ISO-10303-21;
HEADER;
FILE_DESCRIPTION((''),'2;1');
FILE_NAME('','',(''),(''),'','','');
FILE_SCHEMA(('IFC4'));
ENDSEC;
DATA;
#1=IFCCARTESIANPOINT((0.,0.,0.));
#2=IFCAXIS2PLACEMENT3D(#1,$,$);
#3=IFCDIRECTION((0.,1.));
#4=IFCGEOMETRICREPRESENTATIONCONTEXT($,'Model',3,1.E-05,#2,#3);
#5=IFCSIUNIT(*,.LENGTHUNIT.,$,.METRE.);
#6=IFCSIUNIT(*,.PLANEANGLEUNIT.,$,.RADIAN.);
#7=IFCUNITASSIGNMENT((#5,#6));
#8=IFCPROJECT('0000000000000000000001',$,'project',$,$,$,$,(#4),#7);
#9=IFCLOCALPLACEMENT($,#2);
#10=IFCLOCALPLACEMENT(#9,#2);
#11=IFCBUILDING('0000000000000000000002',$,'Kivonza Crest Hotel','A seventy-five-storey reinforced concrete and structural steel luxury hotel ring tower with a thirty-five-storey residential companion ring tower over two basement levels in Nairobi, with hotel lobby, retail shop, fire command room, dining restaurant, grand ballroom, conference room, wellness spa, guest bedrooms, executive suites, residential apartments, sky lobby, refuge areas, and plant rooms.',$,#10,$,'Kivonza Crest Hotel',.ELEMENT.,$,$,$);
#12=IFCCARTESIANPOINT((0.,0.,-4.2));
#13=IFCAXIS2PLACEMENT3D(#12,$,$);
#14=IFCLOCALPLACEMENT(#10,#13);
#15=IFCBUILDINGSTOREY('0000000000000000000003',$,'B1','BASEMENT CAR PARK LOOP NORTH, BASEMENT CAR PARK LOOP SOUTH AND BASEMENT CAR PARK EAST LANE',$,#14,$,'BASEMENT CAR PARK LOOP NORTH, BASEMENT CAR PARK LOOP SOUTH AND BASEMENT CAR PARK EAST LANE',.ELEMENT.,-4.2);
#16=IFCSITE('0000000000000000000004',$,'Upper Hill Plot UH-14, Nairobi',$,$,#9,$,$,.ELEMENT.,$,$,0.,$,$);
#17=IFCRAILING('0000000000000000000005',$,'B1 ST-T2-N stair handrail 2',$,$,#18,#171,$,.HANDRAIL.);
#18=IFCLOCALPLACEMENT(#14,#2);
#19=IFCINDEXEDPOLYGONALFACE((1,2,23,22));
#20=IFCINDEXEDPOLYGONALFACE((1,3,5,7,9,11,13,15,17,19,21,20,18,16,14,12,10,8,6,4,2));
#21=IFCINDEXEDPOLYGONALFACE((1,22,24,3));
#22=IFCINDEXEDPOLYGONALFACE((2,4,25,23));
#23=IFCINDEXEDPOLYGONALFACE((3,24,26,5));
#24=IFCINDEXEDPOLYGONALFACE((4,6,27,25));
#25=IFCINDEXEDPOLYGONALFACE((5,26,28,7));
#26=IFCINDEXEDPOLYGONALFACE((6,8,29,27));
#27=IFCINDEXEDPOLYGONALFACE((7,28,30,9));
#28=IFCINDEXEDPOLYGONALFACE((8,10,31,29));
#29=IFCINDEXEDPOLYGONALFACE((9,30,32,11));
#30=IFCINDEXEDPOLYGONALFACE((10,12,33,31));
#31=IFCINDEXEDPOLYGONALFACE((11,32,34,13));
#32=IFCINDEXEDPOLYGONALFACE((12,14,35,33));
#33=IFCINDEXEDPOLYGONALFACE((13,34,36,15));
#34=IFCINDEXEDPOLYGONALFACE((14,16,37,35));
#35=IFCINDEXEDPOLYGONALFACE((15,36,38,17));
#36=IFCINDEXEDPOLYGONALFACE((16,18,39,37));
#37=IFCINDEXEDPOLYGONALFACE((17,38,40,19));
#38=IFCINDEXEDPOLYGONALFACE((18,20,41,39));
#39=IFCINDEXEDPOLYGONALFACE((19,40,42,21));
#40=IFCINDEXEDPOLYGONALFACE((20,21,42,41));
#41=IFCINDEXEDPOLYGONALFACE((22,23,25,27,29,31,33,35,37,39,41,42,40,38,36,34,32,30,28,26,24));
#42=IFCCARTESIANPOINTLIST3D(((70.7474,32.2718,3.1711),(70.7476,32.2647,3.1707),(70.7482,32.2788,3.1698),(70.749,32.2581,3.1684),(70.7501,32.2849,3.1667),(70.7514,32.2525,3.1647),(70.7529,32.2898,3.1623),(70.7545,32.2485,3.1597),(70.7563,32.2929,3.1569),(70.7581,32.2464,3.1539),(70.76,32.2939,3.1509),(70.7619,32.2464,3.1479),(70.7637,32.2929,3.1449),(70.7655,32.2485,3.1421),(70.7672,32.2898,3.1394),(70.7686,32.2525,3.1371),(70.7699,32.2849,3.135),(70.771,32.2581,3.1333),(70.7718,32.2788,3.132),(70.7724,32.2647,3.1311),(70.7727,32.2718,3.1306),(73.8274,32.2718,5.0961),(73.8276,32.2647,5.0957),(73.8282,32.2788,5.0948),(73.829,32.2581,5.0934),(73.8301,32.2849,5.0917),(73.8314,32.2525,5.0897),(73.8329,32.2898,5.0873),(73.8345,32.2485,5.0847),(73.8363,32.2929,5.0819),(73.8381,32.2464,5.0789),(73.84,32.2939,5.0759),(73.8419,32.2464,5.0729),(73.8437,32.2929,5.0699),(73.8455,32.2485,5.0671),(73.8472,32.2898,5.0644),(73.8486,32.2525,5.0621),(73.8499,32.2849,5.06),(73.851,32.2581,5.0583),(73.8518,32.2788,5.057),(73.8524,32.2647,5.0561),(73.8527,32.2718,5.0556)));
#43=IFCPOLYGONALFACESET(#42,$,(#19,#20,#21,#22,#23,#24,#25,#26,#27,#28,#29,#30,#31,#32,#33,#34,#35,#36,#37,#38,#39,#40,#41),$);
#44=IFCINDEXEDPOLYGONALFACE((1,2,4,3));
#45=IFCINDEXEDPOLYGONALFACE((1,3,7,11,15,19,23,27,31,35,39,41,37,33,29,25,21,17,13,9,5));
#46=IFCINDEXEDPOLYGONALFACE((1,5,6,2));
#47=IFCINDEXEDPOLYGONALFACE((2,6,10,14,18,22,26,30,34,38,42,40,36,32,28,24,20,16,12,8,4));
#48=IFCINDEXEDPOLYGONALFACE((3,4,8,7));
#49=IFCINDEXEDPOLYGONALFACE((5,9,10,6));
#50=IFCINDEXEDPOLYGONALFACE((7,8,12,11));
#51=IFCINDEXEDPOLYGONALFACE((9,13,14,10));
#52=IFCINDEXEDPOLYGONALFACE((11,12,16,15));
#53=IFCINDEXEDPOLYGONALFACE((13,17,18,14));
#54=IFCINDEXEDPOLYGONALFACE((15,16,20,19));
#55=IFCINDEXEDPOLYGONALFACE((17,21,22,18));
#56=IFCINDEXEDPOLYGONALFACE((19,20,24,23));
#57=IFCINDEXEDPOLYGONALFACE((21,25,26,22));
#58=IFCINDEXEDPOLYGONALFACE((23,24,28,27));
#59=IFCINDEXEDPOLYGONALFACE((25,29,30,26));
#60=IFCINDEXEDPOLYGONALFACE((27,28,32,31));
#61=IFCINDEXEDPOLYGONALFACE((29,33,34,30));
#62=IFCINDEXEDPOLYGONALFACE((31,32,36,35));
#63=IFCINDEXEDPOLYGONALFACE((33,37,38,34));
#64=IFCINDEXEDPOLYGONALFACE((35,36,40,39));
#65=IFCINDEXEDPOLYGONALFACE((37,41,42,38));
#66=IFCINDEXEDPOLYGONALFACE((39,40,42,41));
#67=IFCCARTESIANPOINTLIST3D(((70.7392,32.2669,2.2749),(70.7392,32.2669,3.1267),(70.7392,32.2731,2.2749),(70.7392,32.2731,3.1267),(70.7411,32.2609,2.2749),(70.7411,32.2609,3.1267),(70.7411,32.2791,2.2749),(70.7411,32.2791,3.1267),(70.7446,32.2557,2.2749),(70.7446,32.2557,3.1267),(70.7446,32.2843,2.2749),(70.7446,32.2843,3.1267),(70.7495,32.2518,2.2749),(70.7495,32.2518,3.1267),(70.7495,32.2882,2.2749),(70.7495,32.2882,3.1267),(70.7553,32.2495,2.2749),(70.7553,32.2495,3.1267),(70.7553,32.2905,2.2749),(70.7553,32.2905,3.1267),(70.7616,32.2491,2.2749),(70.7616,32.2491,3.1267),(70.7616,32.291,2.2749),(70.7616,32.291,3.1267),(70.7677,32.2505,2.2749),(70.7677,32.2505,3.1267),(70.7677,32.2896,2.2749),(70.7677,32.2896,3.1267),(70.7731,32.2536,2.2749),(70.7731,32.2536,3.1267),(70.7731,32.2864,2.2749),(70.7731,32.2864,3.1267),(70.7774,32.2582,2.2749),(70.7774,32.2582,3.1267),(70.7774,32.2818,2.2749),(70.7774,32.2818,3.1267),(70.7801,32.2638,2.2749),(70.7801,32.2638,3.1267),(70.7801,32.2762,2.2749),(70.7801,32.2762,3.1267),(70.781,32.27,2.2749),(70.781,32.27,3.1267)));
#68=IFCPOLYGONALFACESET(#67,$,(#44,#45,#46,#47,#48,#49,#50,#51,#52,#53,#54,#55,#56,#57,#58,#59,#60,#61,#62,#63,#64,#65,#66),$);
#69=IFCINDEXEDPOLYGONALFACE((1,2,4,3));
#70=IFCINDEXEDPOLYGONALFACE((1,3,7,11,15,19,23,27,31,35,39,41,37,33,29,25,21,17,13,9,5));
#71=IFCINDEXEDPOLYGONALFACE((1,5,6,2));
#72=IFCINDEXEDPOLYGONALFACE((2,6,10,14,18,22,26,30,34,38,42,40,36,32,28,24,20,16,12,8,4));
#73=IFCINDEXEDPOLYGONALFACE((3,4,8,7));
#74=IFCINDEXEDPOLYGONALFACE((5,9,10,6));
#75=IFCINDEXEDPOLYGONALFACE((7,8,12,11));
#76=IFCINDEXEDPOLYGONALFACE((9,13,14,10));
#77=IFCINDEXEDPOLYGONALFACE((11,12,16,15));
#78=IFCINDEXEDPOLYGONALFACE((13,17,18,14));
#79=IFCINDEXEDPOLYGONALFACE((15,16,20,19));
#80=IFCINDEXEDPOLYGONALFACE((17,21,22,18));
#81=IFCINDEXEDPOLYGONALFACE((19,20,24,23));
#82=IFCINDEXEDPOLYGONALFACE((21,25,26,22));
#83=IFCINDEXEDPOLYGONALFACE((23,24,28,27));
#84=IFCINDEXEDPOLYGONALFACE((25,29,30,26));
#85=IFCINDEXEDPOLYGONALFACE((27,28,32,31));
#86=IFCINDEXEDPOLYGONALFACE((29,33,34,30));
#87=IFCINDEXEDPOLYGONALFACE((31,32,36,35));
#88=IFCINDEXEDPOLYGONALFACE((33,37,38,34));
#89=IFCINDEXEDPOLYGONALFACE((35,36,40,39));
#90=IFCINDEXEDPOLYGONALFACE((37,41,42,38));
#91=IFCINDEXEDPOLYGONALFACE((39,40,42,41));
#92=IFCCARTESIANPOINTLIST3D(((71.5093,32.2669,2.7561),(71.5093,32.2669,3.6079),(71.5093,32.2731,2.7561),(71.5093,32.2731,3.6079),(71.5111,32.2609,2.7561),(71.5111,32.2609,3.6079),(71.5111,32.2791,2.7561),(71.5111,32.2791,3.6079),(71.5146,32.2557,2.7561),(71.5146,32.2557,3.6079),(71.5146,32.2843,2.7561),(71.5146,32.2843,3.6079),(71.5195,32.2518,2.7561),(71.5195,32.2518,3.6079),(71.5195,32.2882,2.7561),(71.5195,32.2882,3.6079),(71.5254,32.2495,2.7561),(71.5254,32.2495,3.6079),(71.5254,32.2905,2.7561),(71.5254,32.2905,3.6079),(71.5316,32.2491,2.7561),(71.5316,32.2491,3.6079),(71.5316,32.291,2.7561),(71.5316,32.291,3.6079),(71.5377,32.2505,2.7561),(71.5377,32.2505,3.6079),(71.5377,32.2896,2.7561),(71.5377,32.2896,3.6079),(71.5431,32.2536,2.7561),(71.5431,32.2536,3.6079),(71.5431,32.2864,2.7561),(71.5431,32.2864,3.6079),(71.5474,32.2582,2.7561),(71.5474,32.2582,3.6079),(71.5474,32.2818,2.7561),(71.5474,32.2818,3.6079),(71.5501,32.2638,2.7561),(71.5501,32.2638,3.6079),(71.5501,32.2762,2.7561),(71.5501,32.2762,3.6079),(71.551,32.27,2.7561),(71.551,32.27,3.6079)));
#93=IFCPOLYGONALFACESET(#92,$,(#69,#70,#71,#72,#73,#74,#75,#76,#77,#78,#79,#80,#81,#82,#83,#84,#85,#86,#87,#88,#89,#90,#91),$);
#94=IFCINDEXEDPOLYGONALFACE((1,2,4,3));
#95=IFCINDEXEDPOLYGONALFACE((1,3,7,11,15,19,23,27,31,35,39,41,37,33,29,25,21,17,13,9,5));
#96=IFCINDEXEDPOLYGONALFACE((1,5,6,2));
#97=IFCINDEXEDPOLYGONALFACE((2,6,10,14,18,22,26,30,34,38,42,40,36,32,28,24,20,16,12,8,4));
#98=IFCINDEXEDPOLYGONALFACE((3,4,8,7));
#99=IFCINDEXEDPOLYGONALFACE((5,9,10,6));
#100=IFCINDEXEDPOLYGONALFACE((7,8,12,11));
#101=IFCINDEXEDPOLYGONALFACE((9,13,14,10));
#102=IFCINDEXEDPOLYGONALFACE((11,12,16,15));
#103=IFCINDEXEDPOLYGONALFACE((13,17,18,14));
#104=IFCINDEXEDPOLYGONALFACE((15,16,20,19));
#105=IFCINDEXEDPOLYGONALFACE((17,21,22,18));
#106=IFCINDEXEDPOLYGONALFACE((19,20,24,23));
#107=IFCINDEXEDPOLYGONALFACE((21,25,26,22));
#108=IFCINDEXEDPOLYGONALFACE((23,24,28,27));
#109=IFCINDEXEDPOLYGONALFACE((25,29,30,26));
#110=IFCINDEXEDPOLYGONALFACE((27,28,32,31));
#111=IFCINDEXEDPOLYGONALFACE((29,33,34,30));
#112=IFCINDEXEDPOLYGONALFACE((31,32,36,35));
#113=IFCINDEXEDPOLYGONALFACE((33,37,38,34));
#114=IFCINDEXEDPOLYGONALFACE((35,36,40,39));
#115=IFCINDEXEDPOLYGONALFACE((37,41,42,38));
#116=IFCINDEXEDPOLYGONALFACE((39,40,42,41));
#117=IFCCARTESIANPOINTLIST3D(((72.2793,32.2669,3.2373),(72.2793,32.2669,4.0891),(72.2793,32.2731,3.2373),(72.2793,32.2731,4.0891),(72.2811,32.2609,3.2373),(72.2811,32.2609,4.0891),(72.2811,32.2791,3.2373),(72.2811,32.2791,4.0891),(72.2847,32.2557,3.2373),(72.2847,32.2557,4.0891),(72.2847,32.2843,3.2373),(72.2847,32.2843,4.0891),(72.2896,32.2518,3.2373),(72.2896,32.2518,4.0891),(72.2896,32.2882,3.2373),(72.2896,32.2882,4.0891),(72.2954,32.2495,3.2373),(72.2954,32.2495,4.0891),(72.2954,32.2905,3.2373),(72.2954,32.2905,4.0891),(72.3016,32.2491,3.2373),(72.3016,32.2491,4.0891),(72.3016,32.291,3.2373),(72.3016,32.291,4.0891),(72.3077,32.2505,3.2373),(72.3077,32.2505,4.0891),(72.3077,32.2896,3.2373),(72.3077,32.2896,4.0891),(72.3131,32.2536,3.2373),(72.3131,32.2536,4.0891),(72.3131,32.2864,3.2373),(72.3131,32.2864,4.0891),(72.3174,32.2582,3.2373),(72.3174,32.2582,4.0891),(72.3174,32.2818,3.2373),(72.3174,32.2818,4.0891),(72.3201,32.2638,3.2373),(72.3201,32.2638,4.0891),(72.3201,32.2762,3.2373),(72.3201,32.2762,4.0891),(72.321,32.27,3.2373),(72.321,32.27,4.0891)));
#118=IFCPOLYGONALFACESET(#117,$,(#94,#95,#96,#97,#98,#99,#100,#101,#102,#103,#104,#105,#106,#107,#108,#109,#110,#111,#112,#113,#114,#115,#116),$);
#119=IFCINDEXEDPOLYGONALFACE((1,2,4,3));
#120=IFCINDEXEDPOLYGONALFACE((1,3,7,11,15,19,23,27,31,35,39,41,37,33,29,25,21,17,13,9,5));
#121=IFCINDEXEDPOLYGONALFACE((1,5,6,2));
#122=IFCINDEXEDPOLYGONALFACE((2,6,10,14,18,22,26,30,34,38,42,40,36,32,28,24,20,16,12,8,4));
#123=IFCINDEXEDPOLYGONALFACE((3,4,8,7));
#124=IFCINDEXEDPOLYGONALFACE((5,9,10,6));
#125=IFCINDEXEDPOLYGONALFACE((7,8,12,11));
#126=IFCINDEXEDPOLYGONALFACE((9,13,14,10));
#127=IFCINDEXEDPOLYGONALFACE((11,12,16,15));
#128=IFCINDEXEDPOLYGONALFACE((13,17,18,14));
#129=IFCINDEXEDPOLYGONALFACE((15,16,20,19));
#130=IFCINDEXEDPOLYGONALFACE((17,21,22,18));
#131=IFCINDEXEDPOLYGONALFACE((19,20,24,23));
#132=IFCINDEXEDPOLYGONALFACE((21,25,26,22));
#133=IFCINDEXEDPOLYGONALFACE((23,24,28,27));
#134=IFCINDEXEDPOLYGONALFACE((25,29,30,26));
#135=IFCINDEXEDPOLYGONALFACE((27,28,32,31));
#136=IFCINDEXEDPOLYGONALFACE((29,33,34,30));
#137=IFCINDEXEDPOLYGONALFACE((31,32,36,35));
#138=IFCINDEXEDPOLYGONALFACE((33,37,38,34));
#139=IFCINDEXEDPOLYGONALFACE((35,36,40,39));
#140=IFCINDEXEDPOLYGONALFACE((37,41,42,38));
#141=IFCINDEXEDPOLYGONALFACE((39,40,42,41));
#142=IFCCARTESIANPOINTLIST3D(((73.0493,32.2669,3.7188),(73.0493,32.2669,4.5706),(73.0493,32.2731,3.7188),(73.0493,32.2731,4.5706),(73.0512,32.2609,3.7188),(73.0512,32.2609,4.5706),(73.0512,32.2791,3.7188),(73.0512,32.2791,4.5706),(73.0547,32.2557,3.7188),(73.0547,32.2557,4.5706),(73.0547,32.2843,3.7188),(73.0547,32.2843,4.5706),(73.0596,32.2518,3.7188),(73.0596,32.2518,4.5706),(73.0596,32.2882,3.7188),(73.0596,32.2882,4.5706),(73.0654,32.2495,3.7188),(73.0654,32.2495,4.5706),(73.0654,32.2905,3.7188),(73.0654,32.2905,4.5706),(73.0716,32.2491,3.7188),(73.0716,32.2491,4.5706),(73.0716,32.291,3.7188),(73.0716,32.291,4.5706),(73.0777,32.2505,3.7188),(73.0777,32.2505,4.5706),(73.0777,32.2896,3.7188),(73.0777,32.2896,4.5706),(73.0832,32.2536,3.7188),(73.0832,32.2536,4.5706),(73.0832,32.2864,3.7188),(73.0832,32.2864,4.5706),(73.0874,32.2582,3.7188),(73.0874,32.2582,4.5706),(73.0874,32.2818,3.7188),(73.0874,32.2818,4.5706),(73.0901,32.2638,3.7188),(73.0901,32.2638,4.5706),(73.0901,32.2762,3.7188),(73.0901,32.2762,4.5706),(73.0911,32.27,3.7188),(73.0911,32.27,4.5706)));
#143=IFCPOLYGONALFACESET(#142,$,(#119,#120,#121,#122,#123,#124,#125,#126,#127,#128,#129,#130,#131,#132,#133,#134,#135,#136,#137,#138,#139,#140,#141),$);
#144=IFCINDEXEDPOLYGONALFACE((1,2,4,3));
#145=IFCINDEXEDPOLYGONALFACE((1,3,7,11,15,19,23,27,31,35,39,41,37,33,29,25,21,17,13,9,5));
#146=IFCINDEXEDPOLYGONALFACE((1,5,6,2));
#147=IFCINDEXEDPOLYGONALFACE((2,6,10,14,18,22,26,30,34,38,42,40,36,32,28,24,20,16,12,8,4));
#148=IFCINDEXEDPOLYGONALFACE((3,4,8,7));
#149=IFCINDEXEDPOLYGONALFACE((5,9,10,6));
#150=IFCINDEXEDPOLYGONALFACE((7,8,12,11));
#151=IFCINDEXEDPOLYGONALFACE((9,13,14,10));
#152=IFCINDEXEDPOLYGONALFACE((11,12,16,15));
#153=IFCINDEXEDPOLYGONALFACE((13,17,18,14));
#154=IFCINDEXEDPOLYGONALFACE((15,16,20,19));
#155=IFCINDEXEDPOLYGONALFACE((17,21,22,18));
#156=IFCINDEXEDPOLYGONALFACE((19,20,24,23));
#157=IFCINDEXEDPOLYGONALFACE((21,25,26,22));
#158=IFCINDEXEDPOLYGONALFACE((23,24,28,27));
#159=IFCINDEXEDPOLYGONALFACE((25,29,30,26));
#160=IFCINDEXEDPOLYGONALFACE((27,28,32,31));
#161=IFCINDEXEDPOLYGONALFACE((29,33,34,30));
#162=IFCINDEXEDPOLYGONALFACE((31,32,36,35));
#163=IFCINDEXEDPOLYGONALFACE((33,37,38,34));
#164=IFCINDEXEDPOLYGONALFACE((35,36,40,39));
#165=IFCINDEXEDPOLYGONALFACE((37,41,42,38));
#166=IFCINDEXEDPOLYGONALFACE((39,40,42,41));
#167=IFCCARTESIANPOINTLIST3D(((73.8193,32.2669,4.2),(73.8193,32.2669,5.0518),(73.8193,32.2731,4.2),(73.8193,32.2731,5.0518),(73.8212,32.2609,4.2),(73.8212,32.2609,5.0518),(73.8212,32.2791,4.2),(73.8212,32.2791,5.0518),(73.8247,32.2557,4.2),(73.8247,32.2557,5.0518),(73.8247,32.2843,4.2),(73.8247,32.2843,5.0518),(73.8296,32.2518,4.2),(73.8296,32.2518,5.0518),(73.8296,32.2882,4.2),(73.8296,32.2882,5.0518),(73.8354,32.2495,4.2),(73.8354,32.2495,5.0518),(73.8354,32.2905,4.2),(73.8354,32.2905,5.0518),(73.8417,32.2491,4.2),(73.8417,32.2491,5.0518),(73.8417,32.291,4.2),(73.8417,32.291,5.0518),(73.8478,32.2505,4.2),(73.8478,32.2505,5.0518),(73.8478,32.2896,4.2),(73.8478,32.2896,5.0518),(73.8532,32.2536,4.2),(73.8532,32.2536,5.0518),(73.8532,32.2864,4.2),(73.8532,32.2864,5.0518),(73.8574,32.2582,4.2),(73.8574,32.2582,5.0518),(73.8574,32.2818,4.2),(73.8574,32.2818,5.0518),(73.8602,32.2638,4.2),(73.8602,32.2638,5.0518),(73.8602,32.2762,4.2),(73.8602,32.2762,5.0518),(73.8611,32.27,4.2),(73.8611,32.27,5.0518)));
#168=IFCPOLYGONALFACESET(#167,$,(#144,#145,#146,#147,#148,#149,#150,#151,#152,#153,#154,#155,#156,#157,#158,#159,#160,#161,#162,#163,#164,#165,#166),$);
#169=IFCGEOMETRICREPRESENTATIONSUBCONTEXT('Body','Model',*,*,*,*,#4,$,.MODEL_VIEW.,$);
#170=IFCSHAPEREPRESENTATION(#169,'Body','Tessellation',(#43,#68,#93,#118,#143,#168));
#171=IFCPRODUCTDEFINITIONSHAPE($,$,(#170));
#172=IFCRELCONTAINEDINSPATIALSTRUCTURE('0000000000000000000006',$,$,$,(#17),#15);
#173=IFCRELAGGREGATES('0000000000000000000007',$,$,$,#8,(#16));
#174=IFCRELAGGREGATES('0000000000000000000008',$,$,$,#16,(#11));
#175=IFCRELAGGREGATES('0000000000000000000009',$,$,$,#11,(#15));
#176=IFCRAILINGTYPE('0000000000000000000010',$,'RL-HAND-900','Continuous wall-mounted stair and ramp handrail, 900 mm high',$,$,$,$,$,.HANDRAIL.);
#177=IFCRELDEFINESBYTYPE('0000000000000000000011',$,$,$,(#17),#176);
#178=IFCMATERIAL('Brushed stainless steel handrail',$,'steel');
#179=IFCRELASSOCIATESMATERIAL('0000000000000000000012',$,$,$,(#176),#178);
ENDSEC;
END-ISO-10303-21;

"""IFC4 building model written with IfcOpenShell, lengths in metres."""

from ifc_helpers import new_model, si_unit, direction, frame, origin, origin_2d, place, context, subcontext, project, spatial, circle, extrude, material, type_object, element, save


model = new_model("IFC4")

# Units and contexts
model_context = context("Model", 3, precision=1e-05, world=origin(), true_north=direction((0.0, 1.0)))
body_context = subcontext(model_context, "Body", "Model", "MODEL_VIEW")
ifc_project = project(units=[si_unit("LENGTHUNIT", "METRE"), si_unit("PLANEANGLEUNIT", "RADIAN")], contexts=[model_context])

# Site, building, storey
site_placement = place(None, origin())
site = spatial("IfcSite", under=ifc_project, at=site_placement, Name="Upper Hill Plot UH-14, Nairobi", CompositionType="ELEMENT", RefElevation=0.0)
building_placement = place(site_placement, origin())
building = spatial("IfcBuilding", under=site, at=building_placement, Name="Kivonza Crest Hotel", Description="A seventy-five-storey reinforced concrete and structural steel luxury hotel ring tower with a thirty-five-storey residential companion ring tower over two basement levels in Nairobi, with hotel lobby, retail shop, fire command room, dining restaurant, grand ballroom, conference room, wellness spa, guest bedrooms, executive suites, residential apartments, sky lobby, refuge areas, and plant rooms.", LongName="Kivonza Crest Hotel", CompositionType="ELEMENT")
storey_placement = place(building_placement, frame((0.0, 0.0, -4.2)))
storey = spatial("IfcBuildingStorey", under=building, at=storey_placement, Name="B1", Description="BASEMENT CAR PARK LOOP NORTH, BASEMENT CAR PARK LOOP SOUTH AND BASEMENT CAR PARK EAST LANE", LongName="BASEMENT CAR PARK LOOP NORTH, BASEMENT CAR PARK LOOP SOUTH AND BASEMENT CAR PARK EAST LANE", CompositionType="ELEMENT", Elevation=-4.2)

# Railing
ifc_material_1 = material(Name="Brushed stainless steel handrail", Category="steel")
railing_type_1 = type_object("IfcRailingType", Name="RL-HAND-900", Description="Continuous wall-mounted stair and ramp handrail, 900 mm high", PredefinedType="HANDRAIL", material=ifc_material_1)
railing_1_placement = place(storey_placement, frame((70.76, 32.27, 2.2749)))
element("IfcRailing", 1, at=railing_1_placement, inside=storey, type_object=railing_type_1, Name="B1 ST-T2-N stair handrail 2", PredefinedType="HANDRAIL", context=body_context, shape_type="SweptSolid", body=[
    extrude(circle(Radius=0.0239, at=origin_2d()), frame((0.0, 0.0, 0.876), z_axis=(0.847998, 0.0, 0.529999), x_axis=(0.0, 1.0, 0.0)), (0.0, 0.0, 1.0), 3.6321),
    extrude(circle(Radius=0.021, at=origin_2d()), origin(), (0.0, 0.0, 1.0), 0.8518),
    extrude(circle(Radius=0.021, at=origin_2d()), frame((0.77, 0.0, 0.4812)), (0.0, 0.0, 1.0), 0.8518),
    extrude(circle(Radius=0.021, at=origin_2d()), frame((1.54, 0.0, 0.9624)), (0.0, 0.0, 1.0), 0.8518),
    extrude(circle(Radius=0.021, at=origin_2d()), frame((2.3101, 0.0, 1.4438)), (0.0, 0.0, 1.0), 0.8518),
    extrude(circle(Radius=0.021, at=origin_2d()), frame((3.0801, 0.0, 1.925)), (0.0, 0.0, 1.0), 0.8518),
])

save(model, "model.ifc")
